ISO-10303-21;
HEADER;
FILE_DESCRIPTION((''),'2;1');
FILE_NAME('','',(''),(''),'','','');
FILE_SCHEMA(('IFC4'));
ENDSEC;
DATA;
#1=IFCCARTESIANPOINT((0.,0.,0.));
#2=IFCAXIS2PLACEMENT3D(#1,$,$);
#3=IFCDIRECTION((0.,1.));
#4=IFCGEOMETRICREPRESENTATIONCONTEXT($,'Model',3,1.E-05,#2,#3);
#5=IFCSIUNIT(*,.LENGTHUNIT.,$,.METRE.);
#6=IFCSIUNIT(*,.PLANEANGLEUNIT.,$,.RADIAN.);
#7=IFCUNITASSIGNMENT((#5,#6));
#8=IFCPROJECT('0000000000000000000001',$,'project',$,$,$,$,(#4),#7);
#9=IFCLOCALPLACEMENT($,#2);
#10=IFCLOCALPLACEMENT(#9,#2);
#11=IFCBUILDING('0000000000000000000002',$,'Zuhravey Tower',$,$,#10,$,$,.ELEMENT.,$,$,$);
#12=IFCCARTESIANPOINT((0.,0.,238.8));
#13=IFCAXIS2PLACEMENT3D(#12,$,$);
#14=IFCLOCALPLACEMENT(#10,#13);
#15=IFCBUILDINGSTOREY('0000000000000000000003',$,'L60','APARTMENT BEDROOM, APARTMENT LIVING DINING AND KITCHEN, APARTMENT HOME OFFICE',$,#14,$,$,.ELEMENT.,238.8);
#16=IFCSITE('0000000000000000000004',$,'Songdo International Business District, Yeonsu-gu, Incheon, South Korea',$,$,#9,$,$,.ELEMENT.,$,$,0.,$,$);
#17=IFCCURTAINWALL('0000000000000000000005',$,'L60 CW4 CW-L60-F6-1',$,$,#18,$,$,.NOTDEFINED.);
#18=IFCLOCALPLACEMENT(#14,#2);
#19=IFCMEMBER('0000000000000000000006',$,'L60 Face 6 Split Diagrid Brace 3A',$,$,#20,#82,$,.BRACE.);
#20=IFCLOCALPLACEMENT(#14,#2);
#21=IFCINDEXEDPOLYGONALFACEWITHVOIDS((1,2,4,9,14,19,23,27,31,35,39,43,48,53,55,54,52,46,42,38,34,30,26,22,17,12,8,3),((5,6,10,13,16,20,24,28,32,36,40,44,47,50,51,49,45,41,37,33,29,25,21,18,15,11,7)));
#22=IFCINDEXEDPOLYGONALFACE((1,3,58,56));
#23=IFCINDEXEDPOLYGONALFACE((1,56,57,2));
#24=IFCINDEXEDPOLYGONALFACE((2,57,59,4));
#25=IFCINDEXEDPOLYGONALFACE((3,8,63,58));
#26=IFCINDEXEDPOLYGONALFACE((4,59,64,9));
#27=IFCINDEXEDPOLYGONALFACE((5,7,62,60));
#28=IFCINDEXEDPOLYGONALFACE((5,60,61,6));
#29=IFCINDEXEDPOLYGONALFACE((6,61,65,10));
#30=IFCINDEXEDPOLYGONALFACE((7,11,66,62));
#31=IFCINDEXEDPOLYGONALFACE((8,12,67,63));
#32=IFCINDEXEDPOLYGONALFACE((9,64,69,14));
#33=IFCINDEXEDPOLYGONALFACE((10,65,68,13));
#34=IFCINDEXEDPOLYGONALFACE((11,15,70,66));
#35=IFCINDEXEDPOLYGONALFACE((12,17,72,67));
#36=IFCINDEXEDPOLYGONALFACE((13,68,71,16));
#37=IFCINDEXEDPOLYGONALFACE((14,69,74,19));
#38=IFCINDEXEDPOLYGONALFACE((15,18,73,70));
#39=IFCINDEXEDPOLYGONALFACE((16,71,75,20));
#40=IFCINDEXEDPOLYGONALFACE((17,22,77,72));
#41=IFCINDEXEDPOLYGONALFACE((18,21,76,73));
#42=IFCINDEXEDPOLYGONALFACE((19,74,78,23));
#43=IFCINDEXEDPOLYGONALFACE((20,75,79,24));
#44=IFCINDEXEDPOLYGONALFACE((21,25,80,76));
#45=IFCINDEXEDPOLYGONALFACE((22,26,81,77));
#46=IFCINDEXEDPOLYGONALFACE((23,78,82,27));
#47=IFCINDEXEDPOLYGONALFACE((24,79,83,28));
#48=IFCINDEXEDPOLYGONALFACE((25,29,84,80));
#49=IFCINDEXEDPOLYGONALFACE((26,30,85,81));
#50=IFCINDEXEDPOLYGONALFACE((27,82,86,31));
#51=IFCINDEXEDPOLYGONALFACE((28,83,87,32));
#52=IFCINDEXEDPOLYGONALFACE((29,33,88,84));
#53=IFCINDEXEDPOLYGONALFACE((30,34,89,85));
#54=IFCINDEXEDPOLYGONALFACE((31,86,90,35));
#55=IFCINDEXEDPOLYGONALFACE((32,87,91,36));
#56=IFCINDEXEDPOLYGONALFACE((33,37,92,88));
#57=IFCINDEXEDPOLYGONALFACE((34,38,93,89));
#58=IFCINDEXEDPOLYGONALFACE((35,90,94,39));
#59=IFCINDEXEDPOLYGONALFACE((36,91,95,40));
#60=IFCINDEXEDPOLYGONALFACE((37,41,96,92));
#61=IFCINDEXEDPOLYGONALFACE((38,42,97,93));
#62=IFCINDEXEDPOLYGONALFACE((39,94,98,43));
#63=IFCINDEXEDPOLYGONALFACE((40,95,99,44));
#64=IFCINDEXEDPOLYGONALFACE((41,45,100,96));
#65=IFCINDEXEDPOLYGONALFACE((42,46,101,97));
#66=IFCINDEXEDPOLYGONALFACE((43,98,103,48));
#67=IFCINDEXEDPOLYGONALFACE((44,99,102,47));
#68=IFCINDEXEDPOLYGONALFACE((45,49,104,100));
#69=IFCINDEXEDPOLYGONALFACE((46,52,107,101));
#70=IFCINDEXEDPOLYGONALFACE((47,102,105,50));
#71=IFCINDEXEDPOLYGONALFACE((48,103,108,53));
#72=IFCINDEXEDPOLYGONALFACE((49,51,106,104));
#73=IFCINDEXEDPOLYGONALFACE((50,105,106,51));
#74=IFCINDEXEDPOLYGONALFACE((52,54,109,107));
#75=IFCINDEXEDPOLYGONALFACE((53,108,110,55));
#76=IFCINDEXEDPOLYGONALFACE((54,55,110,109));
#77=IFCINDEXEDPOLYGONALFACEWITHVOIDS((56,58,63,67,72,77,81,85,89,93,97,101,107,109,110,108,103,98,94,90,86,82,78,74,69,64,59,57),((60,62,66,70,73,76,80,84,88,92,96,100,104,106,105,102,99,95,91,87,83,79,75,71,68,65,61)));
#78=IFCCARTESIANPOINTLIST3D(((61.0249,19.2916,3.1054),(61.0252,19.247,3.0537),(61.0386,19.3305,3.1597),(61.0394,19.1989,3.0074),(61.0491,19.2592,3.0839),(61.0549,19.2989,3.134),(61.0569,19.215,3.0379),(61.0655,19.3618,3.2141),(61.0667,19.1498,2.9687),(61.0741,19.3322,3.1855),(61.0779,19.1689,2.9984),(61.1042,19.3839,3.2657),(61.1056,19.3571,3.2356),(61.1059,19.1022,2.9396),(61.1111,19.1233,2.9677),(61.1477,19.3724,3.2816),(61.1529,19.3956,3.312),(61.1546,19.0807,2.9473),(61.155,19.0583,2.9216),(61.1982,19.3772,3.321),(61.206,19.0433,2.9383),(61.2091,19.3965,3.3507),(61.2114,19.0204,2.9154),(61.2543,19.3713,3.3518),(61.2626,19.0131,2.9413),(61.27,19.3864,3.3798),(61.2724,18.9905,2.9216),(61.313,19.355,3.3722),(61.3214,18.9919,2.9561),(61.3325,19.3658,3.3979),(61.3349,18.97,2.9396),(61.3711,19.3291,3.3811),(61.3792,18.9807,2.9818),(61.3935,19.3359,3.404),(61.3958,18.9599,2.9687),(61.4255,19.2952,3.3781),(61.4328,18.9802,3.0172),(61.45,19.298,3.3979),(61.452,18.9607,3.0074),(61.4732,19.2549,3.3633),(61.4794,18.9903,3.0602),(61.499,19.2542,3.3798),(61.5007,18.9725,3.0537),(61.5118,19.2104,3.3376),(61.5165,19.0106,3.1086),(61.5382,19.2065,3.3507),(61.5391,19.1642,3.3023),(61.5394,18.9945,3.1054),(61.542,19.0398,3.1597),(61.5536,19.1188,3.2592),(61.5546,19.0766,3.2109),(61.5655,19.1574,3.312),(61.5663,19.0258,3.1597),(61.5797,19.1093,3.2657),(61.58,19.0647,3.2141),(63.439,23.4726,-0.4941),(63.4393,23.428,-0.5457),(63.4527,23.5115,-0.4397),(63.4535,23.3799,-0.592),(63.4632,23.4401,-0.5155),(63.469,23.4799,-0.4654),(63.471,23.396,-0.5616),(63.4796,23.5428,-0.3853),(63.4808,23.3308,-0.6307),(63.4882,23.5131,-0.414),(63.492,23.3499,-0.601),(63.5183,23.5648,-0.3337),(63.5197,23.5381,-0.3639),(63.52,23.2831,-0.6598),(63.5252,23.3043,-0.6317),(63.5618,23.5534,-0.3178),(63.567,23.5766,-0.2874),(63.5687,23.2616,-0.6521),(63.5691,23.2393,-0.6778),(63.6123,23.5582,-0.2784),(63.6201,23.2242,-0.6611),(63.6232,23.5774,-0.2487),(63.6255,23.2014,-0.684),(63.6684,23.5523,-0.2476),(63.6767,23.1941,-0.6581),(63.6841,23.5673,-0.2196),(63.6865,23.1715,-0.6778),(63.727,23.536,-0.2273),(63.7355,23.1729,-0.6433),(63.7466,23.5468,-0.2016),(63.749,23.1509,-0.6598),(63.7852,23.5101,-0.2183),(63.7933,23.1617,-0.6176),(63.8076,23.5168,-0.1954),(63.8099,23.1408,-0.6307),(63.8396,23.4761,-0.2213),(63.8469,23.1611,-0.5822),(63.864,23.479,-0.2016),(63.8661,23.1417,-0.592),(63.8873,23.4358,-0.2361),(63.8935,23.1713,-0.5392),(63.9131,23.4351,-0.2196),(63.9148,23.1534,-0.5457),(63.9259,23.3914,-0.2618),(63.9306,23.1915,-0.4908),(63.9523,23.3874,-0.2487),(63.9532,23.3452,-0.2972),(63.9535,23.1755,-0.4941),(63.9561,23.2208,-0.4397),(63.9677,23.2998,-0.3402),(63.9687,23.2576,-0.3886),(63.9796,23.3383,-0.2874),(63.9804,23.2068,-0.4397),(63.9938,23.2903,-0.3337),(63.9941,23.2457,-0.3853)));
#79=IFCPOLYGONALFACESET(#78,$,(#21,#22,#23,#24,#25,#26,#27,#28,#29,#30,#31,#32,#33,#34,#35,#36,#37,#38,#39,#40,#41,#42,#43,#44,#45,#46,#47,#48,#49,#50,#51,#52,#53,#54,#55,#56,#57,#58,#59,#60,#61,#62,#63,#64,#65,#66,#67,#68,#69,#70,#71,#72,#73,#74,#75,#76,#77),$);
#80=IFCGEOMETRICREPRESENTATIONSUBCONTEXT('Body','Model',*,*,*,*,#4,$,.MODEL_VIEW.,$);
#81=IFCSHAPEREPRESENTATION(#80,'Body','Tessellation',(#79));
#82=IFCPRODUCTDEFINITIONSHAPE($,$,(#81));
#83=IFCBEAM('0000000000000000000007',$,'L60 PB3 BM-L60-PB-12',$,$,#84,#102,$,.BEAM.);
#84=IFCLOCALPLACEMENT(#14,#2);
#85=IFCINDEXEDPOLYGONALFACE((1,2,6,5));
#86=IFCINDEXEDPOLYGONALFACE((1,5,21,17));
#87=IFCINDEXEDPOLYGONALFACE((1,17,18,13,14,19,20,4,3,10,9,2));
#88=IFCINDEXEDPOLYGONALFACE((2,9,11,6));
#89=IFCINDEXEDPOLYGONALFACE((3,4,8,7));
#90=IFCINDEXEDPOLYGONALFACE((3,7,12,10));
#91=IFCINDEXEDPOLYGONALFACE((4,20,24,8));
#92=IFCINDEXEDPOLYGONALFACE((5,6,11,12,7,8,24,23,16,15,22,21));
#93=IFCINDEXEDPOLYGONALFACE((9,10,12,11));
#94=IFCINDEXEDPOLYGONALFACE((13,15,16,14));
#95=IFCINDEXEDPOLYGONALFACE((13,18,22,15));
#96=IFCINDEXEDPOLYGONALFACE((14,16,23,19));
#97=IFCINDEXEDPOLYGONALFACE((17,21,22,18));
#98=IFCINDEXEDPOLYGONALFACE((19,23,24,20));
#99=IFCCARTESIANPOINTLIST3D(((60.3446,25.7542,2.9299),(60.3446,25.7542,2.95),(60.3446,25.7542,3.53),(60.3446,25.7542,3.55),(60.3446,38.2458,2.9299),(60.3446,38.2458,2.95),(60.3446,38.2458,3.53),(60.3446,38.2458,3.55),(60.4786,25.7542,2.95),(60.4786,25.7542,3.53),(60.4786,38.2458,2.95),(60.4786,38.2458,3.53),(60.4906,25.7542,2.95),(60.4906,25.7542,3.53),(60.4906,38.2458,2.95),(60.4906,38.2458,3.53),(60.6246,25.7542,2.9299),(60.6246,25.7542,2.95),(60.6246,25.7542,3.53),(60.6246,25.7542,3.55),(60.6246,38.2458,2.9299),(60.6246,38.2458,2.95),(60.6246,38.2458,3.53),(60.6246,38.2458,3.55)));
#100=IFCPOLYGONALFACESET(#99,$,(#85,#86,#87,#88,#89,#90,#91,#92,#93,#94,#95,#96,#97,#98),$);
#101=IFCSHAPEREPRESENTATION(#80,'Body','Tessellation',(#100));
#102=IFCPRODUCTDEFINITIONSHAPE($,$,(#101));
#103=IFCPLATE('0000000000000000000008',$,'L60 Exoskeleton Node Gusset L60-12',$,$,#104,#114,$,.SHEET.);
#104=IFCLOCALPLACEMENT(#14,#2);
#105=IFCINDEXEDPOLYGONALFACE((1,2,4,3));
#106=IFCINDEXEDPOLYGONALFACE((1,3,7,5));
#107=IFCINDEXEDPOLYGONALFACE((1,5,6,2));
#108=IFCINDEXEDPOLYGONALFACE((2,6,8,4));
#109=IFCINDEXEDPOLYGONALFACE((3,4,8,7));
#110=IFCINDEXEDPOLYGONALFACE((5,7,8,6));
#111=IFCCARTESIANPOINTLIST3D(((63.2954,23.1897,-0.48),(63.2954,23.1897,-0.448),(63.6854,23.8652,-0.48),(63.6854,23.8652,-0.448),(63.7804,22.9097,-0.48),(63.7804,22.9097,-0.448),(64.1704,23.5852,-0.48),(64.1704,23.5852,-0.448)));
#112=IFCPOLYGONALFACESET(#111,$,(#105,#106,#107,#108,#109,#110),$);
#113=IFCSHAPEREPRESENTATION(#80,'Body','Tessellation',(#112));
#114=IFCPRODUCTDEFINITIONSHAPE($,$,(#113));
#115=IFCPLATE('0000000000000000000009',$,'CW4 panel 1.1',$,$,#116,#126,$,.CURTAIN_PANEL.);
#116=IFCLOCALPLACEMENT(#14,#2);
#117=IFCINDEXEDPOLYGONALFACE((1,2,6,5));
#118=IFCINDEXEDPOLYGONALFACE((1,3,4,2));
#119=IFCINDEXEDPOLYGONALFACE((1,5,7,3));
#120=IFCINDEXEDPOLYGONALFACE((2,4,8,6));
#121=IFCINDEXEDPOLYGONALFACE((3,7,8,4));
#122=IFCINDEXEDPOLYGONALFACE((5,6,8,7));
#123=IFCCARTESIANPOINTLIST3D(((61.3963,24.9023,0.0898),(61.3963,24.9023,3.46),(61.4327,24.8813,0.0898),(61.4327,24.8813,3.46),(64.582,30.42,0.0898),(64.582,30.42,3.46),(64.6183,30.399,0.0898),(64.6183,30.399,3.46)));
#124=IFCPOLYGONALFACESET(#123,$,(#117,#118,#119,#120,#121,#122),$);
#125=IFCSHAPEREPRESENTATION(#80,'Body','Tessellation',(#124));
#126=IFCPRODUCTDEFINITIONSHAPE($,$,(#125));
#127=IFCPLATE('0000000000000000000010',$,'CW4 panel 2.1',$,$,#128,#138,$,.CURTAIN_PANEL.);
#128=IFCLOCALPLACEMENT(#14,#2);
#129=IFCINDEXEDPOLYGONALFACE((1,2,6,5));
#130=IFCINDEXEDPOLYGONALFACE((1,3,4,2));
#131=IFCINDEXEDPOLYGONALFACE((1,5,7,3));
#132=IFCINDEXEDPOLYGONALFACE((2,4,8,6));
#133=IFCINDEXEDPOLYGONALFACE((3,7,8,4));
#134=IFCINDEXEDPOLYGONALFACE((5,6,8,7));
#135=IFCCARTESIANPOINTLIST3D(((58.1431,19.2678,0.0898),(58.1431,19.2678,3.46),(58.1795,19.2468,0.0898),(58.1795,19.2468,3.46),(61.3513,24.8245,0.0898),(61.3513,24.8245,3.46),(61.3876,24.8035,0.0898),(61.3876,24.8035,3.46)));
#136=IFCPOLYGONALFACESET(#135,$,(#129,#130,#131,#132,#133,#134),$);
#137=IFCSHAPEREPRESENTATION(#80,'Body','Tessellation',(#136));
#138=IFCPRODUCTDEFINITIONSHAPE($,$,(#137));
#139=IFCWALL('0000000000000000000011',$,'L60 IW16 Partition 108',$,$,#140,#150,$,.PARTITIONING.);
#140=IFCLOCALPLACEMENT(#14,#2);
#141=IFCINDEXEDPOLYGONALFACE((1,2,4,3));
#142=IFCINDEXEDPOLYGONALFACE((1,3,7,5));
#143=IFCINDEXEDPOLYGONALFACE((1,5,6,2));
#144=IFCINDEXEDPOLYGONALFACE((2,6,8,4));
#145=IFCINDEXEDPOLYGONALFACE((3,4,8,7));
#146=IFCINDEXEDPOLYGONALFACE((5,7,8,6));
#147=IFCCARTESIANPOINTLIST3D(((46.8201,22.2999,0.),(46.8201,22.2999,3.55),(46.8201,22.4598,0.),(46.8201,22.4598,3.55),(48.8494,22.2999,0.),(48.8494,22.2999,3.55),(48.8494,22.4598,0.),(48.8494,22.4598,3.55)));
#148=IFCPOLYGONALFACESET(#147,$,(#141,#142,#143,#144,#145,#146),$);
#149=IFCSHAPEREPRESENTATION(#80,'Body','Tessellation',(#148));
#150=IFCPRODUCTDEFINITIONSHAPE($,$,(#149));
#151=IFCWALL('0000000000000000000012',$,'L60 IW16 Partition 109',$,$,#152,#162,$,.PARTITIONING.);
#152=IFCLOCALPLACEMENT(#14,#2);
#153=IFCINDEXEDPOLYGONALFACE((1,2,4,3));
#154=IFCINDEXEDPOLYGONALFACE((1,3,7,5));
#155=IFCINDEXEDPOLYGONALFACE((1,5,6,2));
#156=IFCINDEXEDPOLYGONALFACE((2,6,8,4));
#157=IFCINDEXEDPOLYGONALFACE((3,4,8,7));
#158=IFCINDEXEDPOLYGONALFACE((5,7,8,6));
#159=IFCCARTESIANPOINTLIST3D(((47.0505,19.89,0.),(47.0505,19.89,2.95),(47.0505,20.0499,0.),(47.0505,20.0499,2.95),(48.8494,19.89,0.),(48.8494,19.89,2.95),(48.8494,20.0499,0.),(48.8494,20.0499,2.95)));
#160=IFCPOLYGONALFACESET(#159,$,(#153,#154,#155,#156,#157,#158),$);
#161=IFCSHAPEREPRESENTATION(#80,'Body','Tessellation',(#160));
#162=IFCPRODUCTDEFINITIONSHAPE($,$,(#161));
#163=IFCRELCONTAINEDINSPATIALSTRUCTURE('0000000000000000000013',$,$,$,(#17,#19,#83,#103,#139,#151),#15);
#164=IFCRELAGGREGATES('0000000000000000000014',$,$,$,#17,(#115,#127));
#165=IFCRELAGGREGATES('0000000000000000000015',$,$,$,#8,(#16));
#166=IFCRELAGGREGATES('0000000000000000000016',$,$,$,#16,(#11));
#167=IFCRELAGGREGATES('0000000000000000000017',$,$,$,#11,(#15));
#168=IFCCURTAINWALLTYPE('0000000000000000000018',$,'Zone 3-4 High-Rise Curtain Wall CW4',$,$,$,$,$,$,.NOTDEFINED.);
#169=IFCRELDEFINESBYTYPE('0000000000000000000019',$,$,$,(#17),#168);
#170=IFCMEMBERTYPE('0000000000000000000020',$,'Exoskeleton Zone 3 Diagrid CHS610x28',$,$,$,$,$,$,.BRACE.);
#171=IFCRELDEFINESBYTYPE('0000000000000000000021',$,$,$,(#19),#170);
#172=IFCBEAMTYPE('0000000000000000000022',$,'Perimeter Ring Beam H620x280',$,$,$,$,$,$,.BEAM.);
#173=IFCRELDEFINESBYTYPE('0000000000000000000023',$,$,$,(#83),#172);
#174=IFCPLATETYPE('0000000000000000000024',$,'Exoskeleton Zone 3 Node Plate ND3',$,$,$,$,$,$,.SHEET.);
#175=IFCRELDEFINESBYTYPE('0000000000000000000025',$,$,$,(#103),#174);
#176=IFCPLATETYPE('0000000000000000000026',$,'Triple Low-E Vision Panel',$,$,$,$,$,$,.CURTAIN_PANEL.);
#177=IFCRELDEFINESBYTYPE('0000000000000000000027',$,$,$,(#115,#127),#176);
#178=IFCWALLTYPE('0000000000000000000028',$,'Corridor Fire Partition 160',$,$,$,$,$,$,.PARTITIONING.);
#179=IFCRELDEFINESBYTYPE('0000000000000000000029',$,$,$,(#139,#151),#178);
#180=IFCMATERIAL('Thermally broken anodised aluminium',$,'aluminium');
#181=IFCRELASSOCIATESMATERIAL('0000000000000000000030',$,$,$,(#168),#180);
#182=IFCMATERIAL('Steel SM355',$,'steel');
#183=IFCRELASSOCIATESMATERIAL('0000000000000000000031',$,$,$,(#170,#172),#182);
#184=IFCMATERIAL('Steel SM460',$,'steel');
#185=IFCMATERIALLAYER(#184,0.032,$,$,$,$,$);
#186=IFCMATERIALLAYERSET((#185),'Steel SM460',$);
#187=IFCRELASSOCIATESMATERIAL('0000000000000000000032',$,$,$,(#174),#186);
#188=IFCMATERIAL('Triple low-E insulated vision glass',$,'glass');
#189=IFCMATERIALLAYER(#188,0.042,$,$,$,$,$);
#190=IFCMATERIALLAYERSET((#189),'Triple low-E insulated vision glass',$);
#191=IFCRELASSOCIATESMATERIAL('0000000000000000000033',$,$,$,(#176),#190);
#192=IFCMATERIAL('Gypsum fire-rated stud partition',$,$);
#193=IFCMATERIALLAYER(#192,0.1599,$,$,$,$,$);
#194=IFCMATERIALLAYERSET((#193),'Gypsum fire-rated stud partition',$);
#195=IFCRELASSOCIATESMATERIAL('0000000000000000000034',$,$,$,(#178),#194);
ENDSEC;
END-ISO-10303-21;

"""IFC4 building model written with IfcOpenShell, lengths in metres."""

from ifc_helpers import new_model, si_unit, direction, frame, frame_2d, origin, origin_2d, place, context, subcontext, project, spatial, rectangle, hollow_circle, i_section, extrude, material, layer, layer_set, material_profile, profile_set, type_object, element, aggregate, save


model = new_model("IFC4")

# Units and contexts
model_context = context("Model", 3, precision=1e-05, world=origin(), true_north=direction((0.0, 1.0)))
body_context = subcontext(model_context, "Body", "Model", "MODEL_VIEW")
ifc_project = project(units=[si_unit("LENGTHUNIT", "METRE"), si_unit("PLANEANGLEUNIT", "RADIAN")], contexts=[model_context])

# Site, building, storey
site_placement = place(None, origin())
site = spatial("IfcSite", under=ifc_project, at=site_placement, Name="Songdo International Business District, Yeonsu-gu, Incheon, South Korea", CompositionType="ELEMENT", RefElevation=0.0)
building_placement = place(site_placement, origin())
building = spatial("IfcBuilding", under=site, at=building_placement, Name="Zuhravey Tower", CompositionType="ELEMENT")
storey_placement = place(building_placement, frame((0.0, 0.0, 238.8)))
storey = spatial("IfcBuildingStorey", under=building, at=storey_placement, Name="L60", Description="APARTMENT BEDROOM, APARTMENT LIVING DINING AND KITCHEN, APARTMENT HOME OFFICE", CompositionType="ELEMENT", Elevation=238.8)

# Curtain wall
ifc_material_1 = material(Name="Thermally broken anodised aluminium", Category="aluminium")
curtain_wall_type = type_object("IfcCurtainWallType", Name="Zone 3-4 High-Rise Curtain Wall CW4", PredefinedType="NOTDEFINED", material=ifc_material_1)
curtain_wall_placement = place(storey_placement, origin())
curtain_wall = element("IfcCurtainWall", 1, at=curtain_wall_placement, inside=storey, type_object=curtain_wall_type, Name="L60 CW4 CW-L60-F6-1", PredefinedType="NOTDEFINED")

# Member
ifc_material_2 = material(Name="Steel SM355", Category="steel")
ifc_material_profile_1 = material_profile(ifc_material_2, hollow_circle(Radius=0.3047, WallThickness=0.0281, at=origin_2d()), Name="CHS-609.6x28")
ifc_profile_set_1 = profile_set([ifc_material_profile_1], Name="Steel SM355")
member_type_1 = type_object("IfcMemberType", Name="Exoskeleton Zone 3 Diagrid CHS610x28", PredefinedType="BRACE", material=ifc_profile_set_1)
member_1_placement = place(storey_placement, frame((63.7166, 23.3591, -0.4397), z_axis=(-0.400881, -0.694285, 0.597714), x_axis=(0.866006, -0.500033, 0.0)))
element("IfcMember", 2, at=member_1_placement, inside=storey, type_object=member_type_1, Name="L60 Face 6 Split Diagrid Brace 3A", PredefinedType="BRACE", context=body_context, shape_type="SweptSolid", body=[
    extrude(hollow_circle(Radius=0.3047, WallThickness=0.0281, at=origin_2d()), origin(), (0.0, 0.0, 1.0), 6.022),
])

# Beam
ifc_material_profile_2 = material_profile(ifc_material_2, i_section(OverallWidth=0.28, OverallDepth=0.6201, WebThickness=0.012, FlangeThickness=0.02, at=origin_2d()), Name="H-620x280x12x20")
ifc_profile_set_2 = profile_set([ifc_material_profile_2], Name="Steel SM355")
beam_type = type_object("IfcBeamType", Name="Perimeter Ring Beam H620x280", PredefinedType="BEAM", material=ifc_profile_set_2)
beam_placement = place(storey_placement, frame((60.4846, 25.7542, 3.24), z_axis=(0.0, 1.0, 0.0), x_axis=(-1.0, 0.0, 0.0)))
element("IfcBeam", 3, at=beam_placement, inside=storey, type_object=beam_type, Name="L60 PB3 BM-L60-PB-12", PredefinedType="BEAM", context=body_context, shape_type="SweptSolid", body=[
    extrude(i_section(OverallWidth=0.28, OverallDepth=0.6201, WebThickness=0.012, FlangeThickness=0.02, at=origin_2d()), origin(), (0.0, 0.0, 1.0), 12.4917),
])

# Plates
ifc_material_3 = material(Name="Steel SM460", Category="steel")
ifc_layer_1 = layer(ifc_material_3, 0.032)
ifc_layer_set_1 = layer_set([ifc_layer_1], Name="Steel SM460")
plate_type_1 = type_object("IfcPlateType", Name="Exoskeleton Zone 3 Node Plate ND3", PredefinedType="SHEET", material=ifc_layer_set_1)
plate_1_placement = place(storey_placement, frame((63.7329, 23.3875, -0.48), z_axis=(0.0, 0.0, 1.0), x_axis=(0.5, 0.866025, 0.0)))
element("IfcPlate", 4, at=plate_1_placement, inside=storey, type_object=plate_type_1, Name="L60 Exoskeleton Node Gusset L60-12", PredefinedType="SHEET", context=body_context, shape_type="SweptSolid", body=[
    extrude(rectangle(XDim=0.78, YDim=0.5601, at=origin_2d()), origin(), (0.0, 0.0, 1.0), 0.032),
])
ifc_material_4 = material(Name="Triple low-E insulated vision glass", Category="glass")
ifc_layer_2 = layer(ifc_material_4, 0.042)
ifc_layer_set_2 = layer_set([ifc_layer_2], Name="Triple low-E insulated vision glass")
plate_type_2 = type_object("IfcPlateType", Name="Triple Low-E Vision Panel", PredefinedType="CURTAIN_PANEL", material=ifc_layer_set_2)
plate_2_placement = place(storey_placement, frame((63.0073, 27.6506, 0.0898), z_axis=(0.0, 0.0, 1.0), x_axis=(-0.500001, -0.866025, 0.0)))
plate_2 = element("IfcPlate", 5, at=plate_2_placement, type_object=plate_type_2, Name="CW4 panel 1.1", PredefinedType="CURTAIN_PANEL", context=body_context, shape_type="SweptSolid", body=[
    extrude(rectangle(XDim=6.3713, YDim=0.042, at=origin_2d()), origin(), (0.0, 0.0, 1.0), 3.3701),
])
plate_3_placement = place(storey_placement, frame((59.7654, 22.0356, 0.0898), z_axis=(0.0, 0.0, 1.0), x_axis=(-0.500001, -0.866025, 0.0)))
plate_3 = element("IfcPlate", 6, at=plate_3_placement, type_object=plate_type_2, Name="CW4 panel 2.1", PredefinedType="CURTAIN_PANEL", context=body_context, shape_type="SweptSolid", body=[
    extrude(rectangle(XDim=6.4163, YDim=0.042, at=origin_2d()), origin(), (0.0, 0.0, 1.0), 3.3701),
])
aggregate(curtain_wall, [plate_2, plate_3])

# Shared definitions
ifc_material_5 = material(Name="Gypsum fire-rated stud partition")
ifc_layer_3 = layer(ifc_material_5, 0.1599)
ifc_layer_set_3 = layer_set([ifc_layer_3], Name="Gypsum fire-rated stud partition")
wall_type_1 = type_object("IfcWallType", Name="Corridor Fire Partition 160", PredefinedType="PARTITIONING", material=ifc_layer_set_3)

# Walls
wall_1_placement = place(storey_placement, frame((48.8494, 22.3799, 0.0), z_axis=(0.0, 0.0, 1.0), x_axis=(-1.0, 0.0, 0.0)))
element("IfcWall", 7, at=wall_1_placement, inside=storey, type_object=wall_type_1, Name="L60 IW16 Partition 108", PredefinedType="PARTITIONING", context=body_context, shape_type="SweptSolid", body=[
    extrude(rectangle(XDim=2.0293, YDim=0.1599, at=frame_2d((1.0146, 0.0))), origin(), (0.0, 0.0, 1.0), 3.55),
])
wall_2_placement = place(storey_placement, frame((47.0505, 19.97, 0.0), z_axis=(0.0, 0.0, 1.0), x_axis=(1.0, 0.0, 0.0)))
element("IfcWall", 8, at=wall_2_placement, inside=storey, type_object=wall_type_1, Name="L60 IW16 Partition 109", PredefinedType="PARTITIONING", context=body_context, shape_type="SweptSolid", body=[
    extrude(rectangle(XDim=1.7988, YDim=0.1599, at=frame_2d((0.8994, 0.0))), origin(), (0.0, 0.0, 1.0), 2.95),
])

save(model, "model.ifc")
